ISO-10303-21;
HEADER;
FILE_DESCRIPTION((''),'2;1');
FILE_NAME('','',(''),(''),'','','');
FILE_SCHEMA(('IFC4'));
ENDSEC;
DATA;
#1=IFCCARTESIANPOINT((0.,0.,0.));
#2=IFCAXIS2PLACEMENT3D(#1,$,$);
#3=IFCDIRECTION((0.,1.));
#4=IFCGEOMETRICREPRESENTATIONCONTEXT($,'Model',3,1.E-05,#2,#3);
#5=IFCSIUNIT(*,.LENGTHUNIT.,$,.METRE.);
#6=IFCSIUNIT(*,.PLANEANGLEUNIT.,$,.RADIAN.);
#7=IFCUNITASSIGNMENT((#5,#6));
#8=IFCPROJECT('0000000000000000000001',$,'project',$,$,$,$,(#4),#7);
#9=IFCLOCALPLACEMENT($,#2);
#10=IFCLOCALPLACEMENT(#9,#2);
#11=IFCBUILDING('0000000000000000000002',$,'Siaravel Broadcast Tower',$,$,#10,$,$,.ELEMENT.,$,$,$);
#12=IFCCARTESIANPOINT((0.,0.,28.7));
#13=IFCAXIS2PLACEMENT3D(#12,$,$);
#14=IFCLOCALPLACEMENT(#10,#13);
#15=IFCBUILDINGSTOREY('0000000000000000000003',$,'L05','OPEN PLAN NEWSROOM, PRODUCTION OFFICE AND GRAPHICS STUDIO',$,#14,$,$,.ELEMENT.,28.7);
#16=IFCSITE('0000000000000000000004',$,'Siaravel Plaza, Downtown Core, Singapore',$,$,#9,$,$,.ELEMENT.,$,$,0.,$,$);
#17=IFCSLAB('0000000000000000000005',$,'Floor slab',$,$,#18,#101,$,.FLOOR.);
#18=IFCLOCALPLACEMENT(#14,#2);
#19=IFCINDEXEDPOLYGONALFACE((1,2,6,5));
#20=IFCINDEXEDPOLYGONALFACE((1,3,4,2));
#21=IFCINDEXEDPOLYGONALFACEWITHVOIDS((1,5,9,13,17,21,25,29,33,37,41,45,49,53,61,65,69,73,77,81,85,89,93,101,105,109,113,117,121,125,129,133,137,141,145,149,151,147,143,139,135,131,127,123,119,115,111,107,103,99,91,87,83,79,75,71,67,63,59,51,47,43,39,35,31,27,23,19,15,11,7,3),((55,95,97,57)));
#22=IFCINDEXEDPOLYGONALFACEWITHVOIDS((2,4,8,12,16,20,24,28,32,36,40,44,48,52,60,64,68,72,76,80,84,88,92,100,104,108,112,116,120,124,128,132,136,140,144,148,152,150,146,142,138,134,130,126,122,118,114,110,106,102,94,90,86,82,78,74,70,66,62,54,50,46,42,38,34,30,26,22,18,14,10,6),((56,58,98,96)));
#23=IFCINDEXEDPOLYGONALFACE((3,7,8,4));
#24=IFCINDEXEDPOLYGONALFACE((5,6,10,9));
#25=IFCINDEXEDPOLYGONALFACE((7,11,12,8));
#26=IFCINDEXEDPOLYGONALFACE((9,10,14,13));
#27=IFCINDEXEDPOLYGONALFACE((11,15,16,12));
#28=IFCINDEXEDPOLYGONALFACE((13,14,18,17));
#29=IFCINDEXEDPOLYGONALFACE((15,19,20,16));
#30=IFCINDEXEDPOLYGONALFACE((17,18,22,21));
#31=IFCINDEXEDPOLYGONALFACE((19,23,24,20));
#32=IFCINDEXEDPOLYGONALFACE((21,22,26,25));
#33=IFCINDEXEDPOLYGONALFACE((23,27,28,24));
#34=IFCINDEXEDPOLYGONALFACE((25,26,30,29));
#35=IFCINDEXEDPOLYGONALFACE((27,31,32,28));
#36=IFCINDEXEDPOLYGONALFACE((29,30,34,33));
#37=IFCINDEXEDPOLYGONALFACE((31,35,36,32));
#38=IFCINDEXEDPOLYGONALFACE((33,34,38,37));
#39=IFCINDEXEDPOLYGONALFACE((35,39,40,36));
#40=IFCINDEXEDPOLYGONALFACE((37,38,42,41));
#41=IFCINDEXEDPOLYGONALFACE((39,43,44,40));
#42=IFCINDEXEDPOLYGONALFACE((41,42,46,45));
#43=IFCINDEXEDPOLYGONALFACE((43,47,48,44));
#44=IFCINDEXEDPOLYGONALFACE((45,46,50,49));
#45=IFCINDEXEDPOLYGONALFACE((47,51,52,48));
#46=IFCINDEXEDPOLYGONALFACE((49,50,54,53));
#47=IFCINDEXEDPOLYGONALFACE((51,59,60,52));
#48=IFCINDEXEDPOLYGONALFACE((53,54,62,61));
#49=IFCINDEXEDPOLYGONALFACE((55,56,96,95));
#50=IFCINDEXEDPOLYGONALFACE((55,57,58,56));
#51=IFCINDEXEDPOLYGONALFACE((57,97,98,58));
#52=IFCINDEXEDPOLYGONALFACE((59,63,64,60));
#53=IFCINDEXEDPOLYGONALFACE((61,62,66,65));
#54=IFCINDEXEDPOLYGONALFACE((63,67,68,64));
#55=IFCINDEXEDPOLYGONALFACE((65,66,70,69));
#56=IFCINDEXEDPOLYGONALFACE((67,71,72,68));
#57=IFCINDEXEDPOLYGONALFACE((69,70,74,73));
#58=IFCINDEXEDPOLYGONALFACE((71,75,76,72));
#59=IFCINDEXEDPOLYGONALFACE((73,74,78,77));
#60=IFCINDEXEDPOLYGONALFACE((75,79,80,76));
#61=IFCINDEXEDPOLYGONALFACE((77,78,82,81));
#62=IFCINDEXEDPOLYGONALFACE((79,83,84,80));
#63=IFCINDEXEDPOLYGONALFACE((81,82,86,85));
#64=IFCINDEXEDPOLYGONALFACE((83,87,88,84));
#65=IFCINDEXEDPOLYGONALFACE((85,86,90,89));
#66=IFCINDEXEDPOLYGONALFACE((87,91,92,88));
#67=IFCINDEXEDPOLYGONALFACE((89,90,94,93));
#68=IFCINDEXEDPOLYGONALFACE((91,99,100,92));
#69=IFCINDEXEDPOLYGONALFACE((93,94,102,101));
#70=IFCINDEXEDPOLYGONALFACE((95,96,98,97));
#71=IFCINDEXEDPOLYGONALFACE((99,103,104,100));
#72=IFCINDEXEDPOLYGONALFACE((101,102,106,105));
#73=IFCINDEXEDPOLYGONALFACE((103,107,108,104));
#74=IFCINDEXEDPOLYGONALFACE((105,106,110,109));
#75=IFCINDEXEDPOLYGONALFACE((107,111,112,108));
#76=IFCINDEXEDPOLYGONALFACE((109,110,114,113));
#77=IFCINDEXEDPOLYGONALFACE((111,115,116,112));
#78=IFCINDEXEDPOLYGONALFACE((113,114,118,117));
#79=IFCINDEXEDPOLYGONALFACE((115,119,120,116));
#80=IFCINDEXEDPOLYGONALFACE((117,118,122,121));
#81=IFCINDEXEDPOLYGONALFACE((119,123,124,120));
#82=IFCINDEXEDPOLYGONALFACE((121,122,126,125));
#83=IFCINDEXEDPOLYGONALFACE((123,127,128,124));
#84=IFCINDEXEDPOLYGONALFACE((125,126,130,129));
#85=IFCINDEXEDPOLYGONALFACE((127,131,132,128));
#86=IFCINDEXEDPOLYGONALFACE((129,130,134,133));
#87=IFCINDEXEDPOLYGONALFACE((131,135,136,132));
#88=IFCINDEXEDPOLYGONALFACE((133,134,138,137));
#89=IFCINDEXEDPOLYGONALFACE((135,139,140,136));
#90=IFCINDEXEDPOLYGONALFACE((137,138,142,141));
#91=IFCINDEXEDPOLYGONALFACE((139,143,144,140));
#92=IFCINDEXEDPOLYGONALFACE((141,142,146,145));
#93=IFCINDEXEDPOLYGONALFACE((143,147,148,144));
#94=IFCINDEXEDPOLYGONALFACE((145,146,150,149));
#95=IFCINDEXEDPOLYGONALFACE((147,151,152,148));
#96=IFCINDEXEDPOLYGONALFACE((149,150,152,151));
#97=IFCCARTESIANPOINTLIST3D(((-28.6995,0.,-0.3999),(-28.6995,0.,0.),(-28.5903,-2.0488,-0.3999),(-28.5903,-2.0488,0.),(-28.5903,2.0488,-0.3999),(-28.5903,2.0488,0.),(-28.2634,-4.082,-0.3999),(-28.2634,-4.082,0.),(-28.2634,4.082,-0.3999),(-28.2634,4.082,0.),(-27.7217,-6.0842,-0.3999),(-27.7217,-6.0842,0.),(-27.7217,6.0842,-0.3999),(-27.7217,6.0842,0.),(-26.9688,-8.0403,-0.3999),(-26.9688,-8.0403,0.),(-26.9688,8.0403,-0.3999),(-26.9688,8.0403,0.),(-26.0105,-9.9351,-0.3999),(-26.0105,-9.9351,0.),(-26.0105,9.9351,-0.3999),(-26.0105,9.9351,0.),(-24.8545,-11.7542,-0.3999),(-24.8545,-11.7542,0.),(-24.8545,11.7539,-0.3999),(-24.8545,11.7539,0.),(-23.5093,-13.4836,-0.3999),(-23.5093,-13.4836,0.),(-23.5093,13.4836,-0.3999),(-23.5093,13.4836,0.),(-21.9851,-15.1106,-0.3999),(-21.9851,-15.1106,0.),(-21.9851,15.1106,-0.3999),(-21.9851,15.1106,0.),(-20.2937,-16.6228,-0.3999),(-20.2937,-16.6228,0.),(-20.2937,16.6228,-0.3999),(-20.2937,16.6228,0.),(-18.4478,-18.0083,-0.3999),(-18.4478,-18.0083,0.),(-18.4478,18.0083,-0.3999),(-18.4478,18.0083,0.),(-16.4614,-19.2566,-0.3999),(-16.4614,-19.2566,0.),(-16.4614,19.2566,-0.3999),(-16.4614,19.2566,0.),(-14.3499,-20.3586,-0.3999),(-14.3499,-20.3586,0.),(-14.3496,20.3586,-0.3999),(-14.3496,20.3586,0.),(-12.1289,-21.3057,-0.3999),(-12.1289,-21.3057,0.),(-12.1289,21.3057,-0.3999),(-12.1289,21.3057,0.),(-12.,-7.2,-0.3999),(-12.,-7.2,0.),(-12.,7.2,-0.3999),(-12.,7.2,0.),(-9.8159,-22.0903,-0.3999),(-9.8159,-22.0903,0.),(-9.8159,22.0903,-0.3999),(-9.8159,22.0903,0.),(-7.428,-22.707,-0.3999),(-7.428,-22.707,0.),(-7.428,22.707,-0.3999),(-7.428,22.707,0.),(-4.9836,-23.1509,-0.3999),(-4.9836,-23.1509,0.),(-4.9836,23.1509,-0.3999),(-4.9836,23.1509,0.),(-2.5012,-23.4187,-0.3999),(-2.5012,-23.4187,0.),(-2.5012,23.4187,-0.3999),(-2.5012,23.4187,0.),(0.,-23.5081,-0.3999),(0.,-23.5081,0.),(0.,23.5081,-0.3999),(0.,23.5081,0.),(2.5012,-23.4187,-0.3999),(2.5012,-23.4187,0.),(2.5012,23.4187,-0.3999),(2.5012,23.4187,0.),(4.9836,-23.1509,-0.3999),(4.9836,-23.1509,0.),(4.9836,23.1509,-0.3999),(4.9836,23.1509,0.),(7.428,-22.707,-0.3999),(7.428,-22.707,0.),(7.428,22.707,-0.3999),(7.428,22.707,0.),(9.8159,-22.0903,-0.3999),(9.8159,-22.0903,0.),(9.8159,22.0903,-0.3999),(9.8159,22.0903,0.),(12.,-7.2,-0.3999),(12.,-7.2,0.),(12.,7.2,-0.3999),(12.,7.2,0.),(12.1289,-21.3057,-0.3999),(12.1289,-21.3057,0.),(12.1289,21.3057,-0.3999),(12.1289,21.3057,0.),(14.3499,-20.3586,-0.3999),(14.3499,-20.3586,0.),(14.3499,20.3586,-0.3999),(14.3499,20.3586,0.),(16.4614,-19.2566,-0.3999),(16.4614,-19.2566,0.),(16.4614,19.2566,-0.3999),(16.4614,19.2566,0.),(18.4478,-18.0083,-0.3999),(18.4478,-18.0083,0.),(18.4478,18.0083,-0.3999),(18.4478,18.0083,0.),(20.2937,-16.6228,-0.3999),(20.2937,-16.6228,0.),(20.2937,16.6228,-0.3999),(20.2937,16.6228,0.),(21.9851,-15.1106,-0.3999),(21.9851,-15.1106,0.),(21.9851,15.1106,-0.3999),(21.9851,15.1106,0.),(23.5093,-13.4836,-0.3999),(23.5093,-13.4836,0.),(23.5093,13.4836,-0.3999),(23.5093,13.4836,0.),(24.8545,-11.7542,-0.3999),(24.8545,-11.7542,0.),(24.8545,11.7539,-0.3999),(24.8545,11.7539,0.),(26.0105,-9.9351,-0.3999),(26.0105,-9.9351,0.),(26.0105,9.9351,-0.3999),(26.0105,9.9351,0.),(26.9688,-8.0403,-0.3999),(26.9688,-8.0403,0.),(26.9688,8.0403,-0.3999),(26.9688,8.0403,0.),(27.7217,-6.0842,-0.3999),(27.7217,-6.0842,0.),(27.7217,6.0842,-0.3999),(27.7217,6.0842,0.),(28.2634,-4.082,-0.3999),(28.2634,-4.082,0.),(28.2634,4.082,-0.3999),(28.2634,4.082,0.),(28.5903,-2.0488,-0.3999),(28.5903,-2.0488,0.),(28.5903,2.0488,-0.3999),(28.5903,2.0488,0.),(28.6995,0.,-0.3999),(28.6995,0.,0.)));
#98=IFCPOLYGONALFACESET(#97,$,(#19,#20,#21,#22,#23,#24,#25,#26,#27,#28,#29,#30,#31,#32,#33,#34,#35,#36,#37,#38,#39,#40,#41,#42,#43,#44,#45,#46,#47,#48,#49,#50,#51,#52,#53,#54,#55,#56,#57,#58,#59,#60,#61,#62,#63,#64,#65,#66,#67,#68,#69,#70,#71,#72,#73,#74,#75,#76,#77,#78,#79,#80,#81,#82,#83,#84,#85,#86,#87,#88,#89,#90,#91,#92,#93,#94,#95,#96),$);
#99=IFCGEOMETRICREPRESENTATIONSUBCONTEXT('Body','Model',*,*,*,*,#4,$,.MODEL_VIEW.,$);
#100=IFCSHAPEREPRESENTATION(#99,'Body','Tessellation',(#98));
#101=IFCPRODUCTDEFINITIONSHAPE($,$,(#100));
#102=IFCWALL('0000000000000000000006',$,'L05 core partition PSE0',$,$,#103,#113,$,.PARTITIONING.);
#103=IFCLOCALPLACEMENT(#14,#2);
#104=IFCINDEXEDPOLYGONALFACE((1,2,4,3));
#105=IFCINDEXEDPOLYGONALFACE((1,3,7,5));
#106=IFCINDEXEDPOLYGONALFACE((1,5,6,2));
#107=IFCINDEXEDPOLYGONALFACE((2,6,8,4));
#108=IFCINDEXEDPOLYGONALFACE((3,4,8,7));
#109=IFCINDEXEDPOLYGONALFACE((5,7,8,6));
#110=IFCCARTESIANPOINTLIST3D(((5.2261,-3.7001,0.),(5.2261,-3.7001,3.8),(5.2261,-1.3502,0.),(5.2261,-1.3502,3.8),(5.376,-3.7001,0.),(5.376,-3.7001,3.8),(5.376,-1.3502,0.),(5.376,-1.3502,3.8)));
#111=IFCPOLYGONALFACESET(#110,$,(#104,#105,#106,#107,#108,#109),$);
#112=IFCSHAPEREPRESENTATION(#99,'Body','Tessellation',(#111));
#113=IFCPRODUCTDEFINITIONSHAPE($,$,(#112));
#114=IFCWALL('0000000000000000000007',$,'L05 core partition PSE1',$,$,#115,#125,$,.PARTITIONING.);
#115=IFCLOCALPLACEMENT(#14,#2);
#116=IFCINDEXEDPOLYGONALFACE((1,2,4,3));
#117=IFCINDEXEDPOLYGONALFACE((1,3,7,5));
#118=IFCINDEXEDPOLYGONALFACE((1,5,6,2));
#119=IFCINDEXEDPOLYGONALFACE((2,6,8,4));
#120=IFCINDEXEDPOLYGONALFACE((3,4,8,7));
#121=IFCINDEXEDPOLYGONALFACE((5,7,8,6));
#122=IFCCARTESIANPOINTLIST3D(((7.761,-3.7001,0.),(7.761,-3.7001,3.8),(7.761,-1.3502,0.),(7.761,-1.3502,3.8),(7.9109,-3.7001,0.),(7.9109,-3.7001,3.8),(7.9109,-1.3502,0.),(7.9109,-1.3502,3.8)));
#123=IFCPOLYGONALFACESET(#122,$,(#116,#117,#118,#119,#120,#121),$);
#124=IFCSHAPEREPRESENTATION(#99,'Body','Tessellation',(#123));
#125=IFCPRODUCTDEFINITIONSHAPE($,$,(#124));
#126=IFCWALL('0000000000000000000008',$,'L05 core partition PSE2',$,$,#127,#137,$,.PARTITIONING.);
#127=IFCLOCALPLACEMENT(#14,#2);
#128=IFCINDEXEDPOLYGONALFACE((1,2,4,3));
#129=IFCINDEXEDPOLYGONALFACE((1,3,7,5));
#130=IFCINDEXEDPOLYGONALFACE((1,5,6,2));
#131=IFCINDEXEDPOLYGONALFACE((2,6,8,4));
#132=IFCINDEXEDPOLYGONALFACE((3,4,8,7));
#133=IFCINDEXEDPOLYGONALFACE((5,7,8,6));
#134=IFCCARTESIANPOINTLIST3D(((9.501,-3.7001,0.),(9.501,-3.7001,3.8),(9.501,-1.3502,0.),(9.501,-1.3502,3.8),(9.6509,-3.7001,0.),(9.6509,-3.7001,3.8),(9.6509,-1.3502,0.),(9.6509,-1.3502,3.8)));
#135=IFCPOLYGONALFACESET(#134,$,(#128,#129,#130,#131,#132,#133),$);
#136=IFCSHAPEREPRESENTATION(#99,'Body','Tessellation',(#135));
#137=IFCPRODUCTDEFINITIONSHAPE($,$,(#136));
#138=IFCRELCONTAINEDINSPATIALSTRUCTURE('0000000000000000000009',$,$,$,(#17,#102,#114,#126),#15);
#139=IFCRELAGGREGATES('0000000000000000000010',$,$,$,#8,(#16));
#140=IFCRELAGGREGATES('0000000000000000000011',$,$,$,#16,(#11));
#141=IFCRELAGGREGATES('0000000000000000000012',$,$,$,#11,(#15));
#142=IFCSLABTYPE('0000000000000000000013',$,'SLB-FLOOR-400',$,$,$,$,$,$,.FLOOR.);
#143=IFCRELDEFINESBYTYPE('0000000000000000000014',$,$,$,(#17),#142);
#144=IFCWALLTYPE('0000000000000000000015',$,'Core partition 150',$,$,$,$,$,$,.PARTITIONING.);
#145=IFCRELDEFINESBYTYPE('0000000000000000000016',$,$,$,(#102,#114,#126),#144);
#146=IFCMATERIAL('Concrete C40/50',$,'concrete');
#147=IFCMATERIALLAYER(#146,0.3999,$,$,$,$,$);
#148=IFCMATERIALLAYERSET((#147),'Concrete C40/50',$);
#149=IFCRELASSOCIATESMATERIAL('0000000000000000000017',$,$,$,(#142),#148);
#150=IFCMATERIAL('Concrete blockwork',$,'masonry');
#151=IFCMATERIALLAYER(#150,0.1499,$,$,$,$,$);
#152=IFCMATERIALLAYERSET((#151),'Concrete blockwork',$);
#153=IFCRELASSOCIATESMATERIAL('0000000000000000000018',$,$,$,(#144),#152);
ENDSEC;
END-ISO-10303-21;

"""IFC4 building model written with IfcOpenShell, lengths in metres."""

from ifc_helpers import new_model, si_unit, direction, frame, frame_2d, origin, place, context, subcontext, project, spatial, polyline, rectangle, outline, extrude, material, layer, layer_set, type_object, element, save


model = new_model("IFC4")

# Units and contexts
model_context = context("Model", 3, precision=1e-05, world=origin(), true_north=direction((0.0, 1.0)))
body_context = subcontext(model_context, "Body", "Model", "MODEL_VIEW")
ifc_project = project(units=[si_unit("LENGTHUNIT", "METRE"), si_unit("PLANEANGLEUNIT", "RADIAN")], contexts=[model_context])

# Site, building, storey
site_placement = place(None, origin())
site = spatial("IfcSite", under=ifc_project, at=site_placement, Name="Siaravel Plaza, Downtown Core, Singapore", CompositionType="ELEMENT", RefElevation=0.0)
building_placement = place(site_placement, origin())
building = spatial("IfcBuilding", under=site, at=building_placement, Name="Siaravel Broadcast Tower", CompositionType="ELEMENT")
storey_placement = place(building_placement, frame((0.0, 0.0, 28.7)))
storey = spatial("IfcBuildingStorey", under=building, at=storey_placement, Name="L05", Description="OPEN PLAN NEWSROOM, PRODUCTION OFFICE AND GRAPHICS STUDIO", CompositionType="ELEMENT", Elevation=28.7)

# Slab
ifc_material_1 = material(Name="Concrete C40/50", Category="concrete")
ifc_layer_1 = layer(ifc_material_1, 0.3999)
ifc_layer_set_1 = layer_set([ifc_layer_1], Name="Concrete C40/50")
slab_type = type_object("IfcSlabType", Name="SLB-FLOOR-400", PredefinedType="FLOOR", material=ifc_layer_set_1)
slab_placement = place(storey_placement, frame((0.0, 0.0, -0.3999)))
element("IfcSlab", 1, at=slab_placement, inside=storey, type_object=slab_type, Name="Floor slab", PredefinedType="FLOOR", context=body_context, shape_type="SweptSolid", body=[
    extrude(outline(polyline([(28.6995, 0.0), (28.5903, 2.0488), (28.2634, 4.082), (27.7217, 6.0842), (26.9688, 8.0403), (26.0105, 9.9351), (24.8545, 11.7539), (23.5093, 13.4836), (21.9851, 15.1106), (20.2937, 16.6228), (18.4478, 18.0083), (16.4614, 19.2566), (14.3499, 20.3586), (12.1289, 21.3057), (9.8159, 22.0903), (7.428, 22.707), (4.9836, 23.1509), (2.5012, 23.4187), (0.0, 23.5081), (-2.5012, 23.4187), (-4.9836, 23.1509), (-7.428, 22.707), (-9.8159, 22.0903), (-12.1289, 21.3057), (-14.3496, 20.3586), (-16.4614, 19.2566), (-18.4478, 18.0083), (-20.2937, 16.6228), (-21.9851, 15.1106), (-23.5093, 13.4836), (-24.8545, 11.7539), (-26.0105, 9.9351), (-26.9688, 8.0403), (-27.7217, 6.0842), (-28.2634, 4.082), (-28.5903, 2.0488), (-28.6995, 0.0), (-28.5903, -2.0488), (-28.2634, -4.082), (-27.7217, -6.0842), (-26.9688, -8.0403), (-26.0105, -9.9351), (-24.8545, -11.7542), (-23.5093, -13.4836), (-21.9851, -15.1106), (-20.2937, -16.6228), (-18.4478, -18.0083), (-16.4614, -19.2566), (-14.3499, -20.3586), (-12.1289, -21.3057), (-9.8159, -22.0903), (-7.428, -22.707), (-4.9836, -23.1509), (-2.5012, -23.4187), (0.0, -23.5081), (2.5012, -23.4187), (4.9836, -23.1509), (7.428, -22.707), (9.8159, -22.0903), (12.1289, -21.3057), (14.3499, -20.3586), (16.4614, -19.2566), (18.4478, -18.0083), (20.2937, -16.6228), (21.9851, -15.1106), (23.5093, -13.4836), (24.8545, -11.7542), (26.0105, -9.9351), (26.9688, -8.0403), (27.7217, -6.0842), (28.2634, -4.082), (28.5903, -2.0488), (28.6995, 0.0)]), holes=[polyline([(-12.0, 7.2), (12.0, 7.2), (12.0, -7.2), (-12.0, -7.2), (-12.0, 7.2)])]), origin(), (0.0, 0.0, 1.0), 0.3999),
])

# Walls
ifc_material_2 = material(Name="Concrete blockwork", Category="masonry")
ifc_layer_2 = layer(ifc_material_2, 0.1499)
ifc_layer_set_2 = layer_set([ifc_layer_2], Name="Concrete blockwork")
wall_type_1 = type_object("IfcWallType", Name="Core partition 150", PredefinedType="PARTITIONING", material=ifc_layer_set_2)
for number, where, z_axis, x_axis, name in (
    (2, (5.301, -3.7, 0.0), (0.0, 0.0, 1.0), (0.0, 1.0, 0.0), "L05 core partition PSE0"),
    (3, (7.8359, -3.7, 0.0), (0.0, 0.0, 1.0), (0.0, 1.0, 0.0), "L05 core partition PSE1"),
    (4, (9.5759, -3.7, 0.0), (0.0, 0.0, 1.0), (0.0, 1.0, 0.0), "L05 core partition PSE2"),
):
    element("IfcWall", number, at=place(storey_placement, frame(where, z_axis=z_axis, x_axis=x_axis)), inside=storey, type_object=wall_type_1, Name=name, PredefinedType="PARTITIONING", context=body_context, shape_type="SweptSolid", body=[
        extrude(rectangle(XDim=2.3499, YDim=0.1499, at=frame_2d((1.1748, 0.0))), origin(), (0.0, 0.0, 1.0), 3.8),
    ])

save(model, "model.ifc")
